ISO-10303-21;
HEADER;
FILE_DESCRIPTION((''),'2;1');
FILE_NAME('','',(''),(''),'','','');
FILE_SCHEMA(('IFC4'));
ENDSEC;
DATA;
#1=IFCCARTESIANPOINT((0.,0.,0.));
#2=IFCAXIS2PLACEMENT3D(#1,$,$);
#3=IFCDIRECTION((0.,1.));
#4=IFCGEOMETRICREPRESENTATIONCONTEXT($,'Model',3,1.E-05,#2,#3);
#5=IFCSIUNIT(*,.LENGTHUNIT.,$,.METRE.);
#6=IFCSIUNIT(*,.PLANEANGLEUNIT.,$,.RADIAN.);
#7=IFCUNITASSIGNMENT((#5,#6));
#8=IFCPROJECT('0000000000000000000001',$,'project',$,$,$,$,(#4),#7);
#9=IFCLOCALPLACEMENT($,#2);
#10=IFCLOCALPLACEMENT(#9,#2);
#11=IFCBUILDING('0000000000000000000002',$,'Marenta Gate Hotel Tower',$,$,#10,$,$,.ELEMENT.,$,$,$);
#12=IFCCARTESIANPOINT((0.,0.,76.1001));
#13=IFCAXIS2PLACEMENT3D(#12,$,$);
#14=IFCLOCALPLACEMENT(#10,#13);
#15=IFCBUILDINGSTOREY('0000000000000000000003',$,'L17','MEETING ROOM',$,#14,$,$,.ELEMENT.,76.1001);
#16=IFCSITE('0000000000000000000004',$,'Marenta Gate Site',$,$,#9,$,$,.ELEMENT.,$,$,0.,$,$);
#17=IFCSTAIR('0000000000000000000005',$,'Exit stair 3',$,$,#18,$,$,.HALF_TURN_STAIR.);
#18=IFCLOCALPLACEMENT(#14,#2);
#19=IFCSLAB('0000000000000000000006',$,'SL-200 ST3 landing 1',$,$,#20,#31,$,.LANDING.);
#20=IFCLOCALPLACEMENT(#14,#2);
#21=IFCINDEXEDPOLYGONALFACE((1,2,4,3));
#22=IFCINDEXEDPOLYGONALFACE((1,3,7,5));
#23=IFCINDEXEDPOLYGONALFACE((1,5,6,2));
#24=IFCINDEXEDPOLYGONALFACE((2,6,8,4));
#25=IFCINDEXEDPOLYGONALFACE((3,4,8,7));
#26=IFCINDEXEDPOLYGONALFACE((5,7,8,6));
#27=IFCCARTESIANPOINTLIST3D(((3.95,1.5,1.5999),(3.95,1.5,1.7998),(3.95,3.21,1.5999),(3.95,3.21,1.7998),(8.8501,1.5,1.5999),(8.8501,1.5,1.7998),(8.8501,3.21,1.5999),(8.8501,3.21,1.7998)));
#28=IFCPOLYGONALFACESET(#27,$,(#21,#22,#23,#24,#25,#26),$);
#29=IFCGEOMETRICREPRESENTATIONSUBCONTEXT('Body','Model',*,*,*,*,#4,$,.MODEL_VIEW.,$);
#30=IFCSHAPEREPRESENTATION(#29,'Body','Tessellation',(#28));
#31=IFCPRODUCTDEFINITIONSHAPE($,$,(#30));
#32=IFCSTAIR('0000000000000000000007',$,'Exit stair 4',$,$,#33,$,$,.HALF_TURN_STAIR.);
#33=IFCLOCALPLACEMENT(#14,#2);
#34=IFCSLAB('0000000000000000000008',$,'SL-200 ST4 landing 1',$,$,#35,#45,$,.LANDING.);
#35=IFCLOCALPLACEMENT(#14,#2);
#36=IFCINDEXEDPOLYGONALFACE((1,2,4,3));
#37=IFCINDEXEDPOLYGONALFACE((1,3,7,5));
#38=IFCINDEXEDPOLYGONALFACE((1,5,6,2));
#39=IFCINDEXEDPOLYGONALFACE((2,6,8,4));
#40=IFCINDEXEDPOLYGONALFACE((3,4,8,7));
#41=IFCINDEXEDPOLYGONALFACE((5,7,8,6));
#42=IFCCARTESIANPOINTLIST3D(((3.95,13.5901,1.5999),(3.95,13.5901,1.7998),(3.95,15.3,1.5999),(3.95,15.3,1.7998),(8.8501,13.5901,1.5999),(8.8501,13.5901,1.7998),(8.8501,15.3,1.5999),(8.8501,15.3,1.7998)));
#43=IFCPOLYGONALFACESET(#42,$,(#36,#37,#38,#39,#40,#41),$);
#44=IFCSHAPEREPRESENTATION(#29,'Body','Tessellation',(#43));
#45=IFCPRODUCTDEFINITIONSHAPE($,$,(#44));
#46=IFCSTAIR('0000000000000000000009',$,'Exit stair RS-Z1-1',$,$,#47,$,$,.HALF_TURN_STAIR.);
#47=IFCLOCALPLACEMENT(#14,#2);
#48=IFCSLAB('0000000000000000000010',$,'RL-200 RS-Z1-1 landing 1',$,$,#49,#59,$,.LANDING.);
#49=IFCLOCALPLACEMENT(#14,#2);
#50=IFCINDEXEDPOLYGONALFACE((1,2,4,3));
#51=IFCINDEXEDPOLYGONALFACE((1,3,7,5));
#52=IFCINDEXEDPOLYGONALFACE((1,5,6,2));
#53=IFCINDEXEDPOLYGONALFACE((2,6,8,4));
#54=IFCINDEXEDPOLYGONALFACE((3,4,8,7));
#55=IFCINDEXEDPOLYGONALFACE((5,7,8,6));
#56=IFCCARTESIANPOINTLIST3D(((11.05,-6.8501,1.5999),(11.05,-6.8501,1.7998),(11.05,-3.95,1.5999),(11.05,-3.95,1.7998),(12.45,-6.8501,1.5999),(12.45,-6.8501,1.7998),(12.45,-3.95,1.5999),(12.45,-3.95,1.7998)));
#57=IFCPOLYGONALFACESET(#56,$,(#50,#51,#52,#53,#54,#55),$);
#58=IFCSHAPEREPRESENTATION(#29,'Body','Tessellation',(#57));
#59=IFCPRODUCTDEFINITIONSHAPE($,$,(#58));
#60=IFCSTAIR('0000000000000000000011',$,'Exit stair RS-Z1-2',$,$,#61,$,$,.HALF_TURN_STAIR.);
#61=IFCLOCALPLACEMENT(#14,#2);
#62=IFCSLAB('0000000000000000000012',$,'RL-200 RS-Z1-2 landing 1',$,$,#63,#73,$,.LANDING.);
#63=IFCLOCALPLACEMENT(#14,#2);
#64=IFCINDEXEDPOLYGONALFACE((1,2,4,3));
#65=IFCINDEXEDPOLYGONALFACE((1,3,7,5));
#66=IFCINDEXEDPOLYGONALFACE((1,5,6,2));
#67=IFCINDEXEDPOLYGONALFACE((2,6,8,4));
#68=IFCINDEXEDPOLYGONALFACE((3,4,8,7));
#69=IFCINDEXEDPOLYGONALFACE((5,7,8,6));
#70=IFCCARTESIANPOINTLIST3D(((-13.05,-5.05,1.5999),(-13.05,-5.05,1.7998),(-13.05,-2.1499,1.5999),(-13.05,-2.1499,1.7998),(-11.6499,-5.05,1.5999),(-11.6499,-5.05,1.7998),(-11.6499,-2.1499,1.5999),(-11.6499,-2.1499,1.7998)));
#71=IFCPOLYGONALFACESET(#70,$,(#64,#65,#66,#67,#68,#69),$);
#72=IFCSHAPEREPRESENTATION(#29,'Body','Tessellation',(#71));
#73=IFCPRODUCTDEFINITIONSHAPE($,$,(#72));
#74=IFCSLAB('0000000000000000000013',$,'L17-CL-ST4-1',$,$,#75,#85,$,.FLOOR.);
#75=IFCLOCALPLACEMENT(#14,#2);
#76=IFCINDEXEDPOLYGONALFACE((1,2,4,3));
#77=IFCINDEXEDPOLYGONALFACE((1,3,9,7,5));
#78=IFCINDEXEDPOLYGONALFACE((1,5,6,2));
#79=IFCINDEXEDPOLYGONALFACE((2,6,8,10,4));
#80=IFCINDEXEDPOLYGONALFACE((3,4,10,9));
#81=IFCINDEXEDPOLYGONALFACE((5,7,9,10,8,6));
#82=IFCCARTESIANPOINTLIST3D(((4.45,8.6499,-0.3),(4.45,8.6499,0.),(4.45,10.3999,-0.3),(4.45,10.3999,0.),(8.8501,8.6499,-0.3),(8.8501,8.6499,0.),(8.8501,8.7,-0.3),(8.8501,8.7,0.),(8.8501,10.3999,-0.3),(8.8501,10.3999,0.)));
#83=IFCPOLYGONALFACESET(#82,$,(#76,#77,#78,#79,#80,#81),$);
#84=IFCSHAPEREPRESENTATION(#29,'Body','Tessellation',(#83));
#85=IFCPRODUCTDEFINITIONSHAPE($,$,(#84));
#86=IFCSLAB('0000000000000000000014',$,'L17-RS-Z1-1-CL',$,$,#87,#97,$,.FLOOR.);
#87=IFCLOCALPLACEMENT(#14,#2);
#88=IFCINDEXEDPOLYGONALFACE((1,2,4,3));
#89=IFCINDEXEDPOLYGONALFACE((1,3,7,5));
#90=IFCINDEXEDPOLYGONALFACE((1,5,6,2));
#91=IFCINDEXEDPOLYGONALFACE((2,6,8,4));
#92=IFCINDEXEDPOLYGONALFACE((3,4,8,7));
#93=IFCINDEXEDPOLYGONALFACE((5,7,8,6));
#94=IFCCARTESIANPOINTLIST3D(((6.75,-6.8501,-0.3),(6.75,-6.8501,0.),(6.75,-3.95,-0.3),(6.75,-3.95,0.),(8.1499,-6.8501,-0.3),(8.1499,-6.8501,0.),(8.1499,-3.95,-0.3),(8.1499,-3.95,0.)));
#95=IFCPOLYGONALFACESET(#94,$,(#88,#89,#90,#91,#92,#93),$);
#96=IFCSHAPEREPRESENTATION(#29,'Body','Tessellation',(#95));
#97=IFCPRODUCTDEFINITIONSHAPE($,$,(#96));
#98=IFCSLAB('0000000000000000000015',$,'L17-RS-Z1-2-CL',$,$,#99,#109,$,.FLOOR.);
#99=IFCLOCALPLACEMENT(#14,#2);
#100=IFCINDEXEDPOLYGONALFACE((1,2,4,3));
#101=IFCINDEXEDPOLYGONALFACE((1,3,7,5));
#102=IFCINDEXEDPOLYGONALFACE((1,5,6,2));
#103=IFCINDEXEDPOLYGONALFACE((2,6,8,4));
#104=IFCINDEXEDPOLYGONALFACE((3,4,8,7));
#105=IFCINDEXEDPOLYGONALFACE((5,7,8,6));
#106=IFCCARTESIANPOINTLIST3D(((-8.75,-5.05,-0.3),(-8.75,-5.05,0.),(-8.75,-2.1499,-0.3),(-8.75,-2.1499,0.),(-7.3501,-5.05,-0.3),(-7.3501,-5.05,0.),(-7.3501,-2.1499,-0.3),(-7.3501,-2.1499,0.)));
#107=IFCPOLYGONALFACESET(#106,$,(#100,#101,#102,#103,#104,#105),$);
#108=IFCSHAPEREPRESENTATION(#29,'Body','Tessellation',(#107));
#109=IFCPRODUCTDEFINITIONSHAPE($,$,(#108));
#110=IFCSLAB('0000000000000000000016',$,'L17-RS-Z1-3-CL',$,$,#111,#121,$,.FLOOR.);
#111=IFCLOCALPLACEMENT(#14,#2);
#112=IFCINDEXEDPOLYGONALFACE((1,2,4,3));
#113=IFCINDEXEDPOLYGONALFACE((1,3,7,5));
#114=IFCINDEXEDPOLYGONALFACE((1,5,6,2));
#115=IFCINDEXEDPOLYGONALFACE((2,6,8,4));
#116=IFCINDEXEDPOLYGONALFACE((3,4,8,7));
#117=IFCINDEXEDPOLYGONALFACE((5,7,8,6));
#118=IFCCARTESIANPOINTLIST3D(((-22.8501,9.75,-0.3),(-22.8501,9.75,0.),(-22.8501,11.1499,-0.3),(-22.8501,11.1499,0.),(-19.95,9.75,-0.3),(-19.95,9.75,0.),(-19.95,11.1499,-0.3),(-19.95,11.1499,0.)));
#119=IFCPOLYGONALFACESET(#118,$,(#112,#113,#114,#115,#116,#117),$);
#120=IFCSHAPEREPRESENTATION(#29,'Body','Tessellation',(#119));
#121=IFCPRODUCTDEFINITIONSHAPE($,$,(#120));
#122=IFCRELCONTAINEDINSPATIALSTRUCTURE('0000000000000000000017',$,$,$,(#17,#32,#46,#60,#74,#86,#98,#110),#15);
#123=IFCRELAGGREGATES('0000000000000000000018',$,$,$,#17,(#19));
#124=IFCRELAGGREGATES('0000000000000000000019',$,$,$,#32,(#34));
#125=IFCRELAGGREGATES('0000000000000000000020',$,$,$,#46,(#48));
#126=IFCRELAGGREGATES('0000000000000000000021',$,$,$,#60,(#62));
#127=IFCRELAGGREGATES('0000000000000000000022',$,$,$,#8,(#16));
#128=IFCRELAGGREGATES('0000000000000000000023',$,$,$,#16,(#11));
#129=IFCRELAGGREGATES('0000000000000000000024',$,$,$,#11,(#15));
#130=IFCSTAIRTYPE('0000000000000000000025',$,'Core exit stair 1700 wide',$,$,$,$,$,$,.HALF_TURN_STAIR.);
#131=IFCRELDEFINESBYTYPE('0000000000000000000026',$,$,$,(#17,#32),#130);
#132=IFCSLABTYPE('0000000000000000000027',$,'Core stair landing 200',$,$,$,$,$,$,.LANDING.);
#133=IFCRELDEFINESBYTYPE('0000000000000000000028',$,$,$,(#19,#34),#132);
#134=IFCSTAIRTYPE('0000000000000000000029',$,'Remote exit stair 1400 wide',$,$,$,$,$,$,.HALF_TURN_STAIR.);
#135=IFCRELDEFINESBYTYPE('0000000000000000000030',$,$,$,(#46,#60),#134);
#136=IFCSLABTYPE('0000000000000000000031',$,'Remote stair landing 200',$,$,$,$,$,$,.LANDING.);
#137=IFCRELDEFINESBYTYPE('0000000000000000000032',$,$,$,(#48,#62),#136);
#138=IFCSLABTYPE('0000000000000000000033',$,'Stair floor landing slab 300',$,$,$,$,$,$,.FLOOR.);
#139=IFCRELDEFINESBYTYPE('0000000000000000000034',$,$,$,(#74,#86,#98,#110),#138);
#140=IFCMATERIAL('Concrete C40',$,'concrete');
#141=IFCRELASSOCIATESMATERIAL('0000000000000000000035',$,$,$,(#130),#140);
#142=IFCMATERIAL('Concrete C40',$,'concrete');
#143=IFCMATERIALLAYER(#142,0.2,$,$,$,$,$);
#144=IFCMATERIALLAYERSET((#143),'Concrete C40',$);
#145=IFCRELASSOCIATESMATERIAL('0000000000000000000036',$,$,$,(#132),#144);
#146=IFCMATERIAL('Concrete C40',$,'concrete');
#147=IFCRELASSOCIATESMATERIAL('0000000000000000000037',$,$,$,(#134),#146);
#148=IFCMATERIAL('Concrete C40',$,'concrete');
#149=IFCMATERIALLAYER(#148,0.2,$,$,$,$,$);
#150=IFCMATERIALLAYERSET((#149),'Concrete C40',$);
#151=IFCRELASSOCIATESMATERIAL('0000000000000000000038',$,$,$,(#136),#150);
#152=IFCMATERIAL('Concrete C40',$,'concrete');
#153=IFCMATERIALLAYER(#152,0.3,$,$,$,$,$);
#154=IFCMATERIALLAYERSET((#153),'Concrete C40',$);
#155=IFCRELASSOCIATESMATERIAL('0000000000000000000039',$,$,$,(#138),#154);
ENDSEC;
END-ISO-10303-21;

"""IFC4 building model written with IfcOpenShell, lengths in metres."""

from ifc_helpers import new_model, si_unit, direction, frame, origin, place, context, subcontext, project, spatial, polyline, outline, extrude, material, layer, layer_set, type_object, element, aggregate, save


model = new_model("IFC4")

# Units and contexts
model_context = context("Model", 3, precision=1e-05, world=origin(), true_north=direction((0.0, 1.0)))
body_context = subcontext(model_context, "Body", "Model", "MODEL_VIEW")
ifc_project = project(units=[si_unit("LENGTHUNIT", "METRE"), si_unit("PLANEANGLEUNIT", "RADIAN")], contexts=[model_context])

# Site, building, storey
site_placement = place(None, origin())
site = spatial("IfcSite", under=ifc_project, at=site_placement, Name="Marenta Gate Site", CompositionType="ELEMENT", RefElevation=0.0)
building_placement = place(site_placement, origin())
building = spatial("IfcBuilding", under=site, at=building_placement, Name="Marenta Gate Hotel Tower", CompositionType="ELEMENT")
storey_placement = place(building_placement, frame((0.0, 0.0, 76.1001)))
storey = spatial("IfcBuildingStorey", under=building, at=storey_placement, Name="L17", Description="MEETING ROOM", CompositionType="ELEMENT", Elevation=76.1001)

# Stairs, slabs
ifc_material_1 = material(Name="Concrete C40", Category="concrete")
stair_type_1 = type_object("IfcStairType", Name="Core exit stair 1700 wide", PredefinedType="HALF_TURN_STAIR", material=ifc_material_1)
ifc_material_2 = material(Name="Concrete C40", Category="concrete")
ifc_layer_1 = layer(ifc_material_2, 0.2)
ifc_layer_set_1 = layer_set([ifc_layer_1], Name="Concrete C40")
slab_type_1 = type_object("IfcSlabType", Name="Core stair landing 200", PredefinedType="LANDING", material=ifc_layer_set_1)
stair_1_placement = place(storey_placement, origin())
stair_1 = element("IfcStair", 1, at=stair_1_placement, inside=storey, type_object=stair_type_1, Name="Exit stair 3", PredefinedType="HALF_TURN_STAIR")
slab_1_placement = place(storey_placement, frame((0.0, 0.0, 1.5999)))
slab_1 = element("IfcSlab", 2, at=slab_1_placement, type_object=slab_type_1, Name="SL-200 ST3 landing 1", PredefinedType="LANDING", context=body_context, shape_type="SweptSolid", body=[
    extrude(outline(polyline([(3.95, 1.5), (8.8501, 1.5), (8.8501, 3.21), (3.95, 3.21), (3.95, 1.5)])), origin(), (0.0, 0.0, 1.0), 0.2),
])
aggregate(stair_1, [slab_1])
stair_2_placement = place(storey_placement, origin())
stair_2 = element("IfcStair", 3, at=stair_2_placement, inside=storey, type_object=stair_type_1, Name="Exit stair 4", PredefinedType="HALF_TURN_STAIR")
slab_2_placement = place(storey_placement, frame((0.0, 0.0, 1.5999)))
slab_2 = element("IfcSlab", 4, at=slab_2_placement, type_object=slab_type_1, Name="SL-200 ST4 landing 1", PredefinedType="LANDING", context=body_context, shape_type="SweptSolid", body=[
    extrude(outline(polyline([(3.95, 13.5901), (8.8501, 13.5901), (8.8501, 15.3), (3.95, 15.3), (3.95, 13.5901)])), origin(), (0.0, 0.0, 1.0), 0.2),
])
aggregate(stair_2, [slab_2])
ifc_material_3 = material(Name="Concrete C40", Category="concrete")
stair_type_2 = type_object("IfcStairType", Name="Remote exit stair 1400 wide", PredefinedType="HALF_TURN_STAIR", material=ifc_material_3)
stair_3_placement = place(storey_placement, origin())
stair_3 = element("IfcStair", 5, at=stair_3_placement, inside=storey, type_object=stair_type_2, Name="Exit stair RS-Z1-1", PredefinedType="HALF_TURN_STAIR")
ifc_material_4 = material(Name="Concrete C40", Category="concrete")
ifc_layer_2 = layer(ifc_material_4, 0.2)
ifc_layer_set_2 = layer_set([ifc_layer_2], Name="Concrete C40")
slab_type_2 = type_object("IfcSlabType", Name="Remote stair landing 200", PredefinedType="LANDING", material=ifc_layer_set_2)
slab_3_placement = place(storey_placement, frame((0.0, 0.0, 1.5999)))
slab_3 = element("IfcSlab", 6, at=slab_3_placement, type_object=slab_type_2, Name="RL-200 RS-Z1-1 landing 1", PredefinedType="LANDING", context=body_context, shape_type="SweptSolid", body=[
    extrude(outline(polyline([(11.05, -6.8501), (12.45, -6.8501), (12.45, -3.95), (11.05, -3.95), (11.05, -6.8501)])), origin(), (0.0, 0.0, 1.0), 0.2),
])
aggregate(stair_3, [slab_3])
stair_4_placement = place(storey_placement, origin())
stair_4 = element("IfcStair", 7, at=stair_4_placement, inside=storey, type_object=stair_type_2, Name="Exit stair RS-Z1-2", PredefinedType="HALF_TURN_STAIR")
slab_4_placement = place(storey_placement, frame((0.0, 0.0, 1.5999)))
slab_4 = element("IfcSlab", 8, at=slab_4_placement, type_object=slab_type_2, Name="RL-200 RS-Z1-2 landing 1", PredefinedType="LANDING", context=body_context, shape_type="SweptSolid", body=[
    extrude(outline(polyline([(-13.05, -5.05), (-11.6499, -5.05), (-11.6499, -2.1499), (-13.05, -2.1499), (-13.05, -5.05)])), origin(), (0.0, 0.0, 1.0), 0.2),
])
aggregate(stair_4, [slab_4])

# Slabs
ifc_material_5 = material(Name="Concrete C40", Category="concrete")
ifc_layer_3 = layer(ifc_material_5, 0.3)
ifc_layer_set_3 = layer_set([ifc_layer_3], Name="Concrete C40")
slab_type_3 = type_object("IfcSlabType", Name="Stair floor landing slab 300", PredefinedType="FLOOR", material=ifc_layer_set_3)
slab_5_placement = place(storey_placement, frame((0.0, 0.0, -0.3)))
element("IfcSlab", 9, at=slab_5_placement, inside=storey, type_object=slab_type_3, Name="L17-CL-ST4-1", PredefinedType="FLOOR", context=body_context, shape_type="SweptSolid", body=[
    extrude(outline(polyline([(4.45, 8.6499), (4.45, 10.3999), (8.8501, 10.3999), (8.8501, 8.7), (8.8501, 8.6499), (4.45, 8.6499)])), origin(), (0.0, 0.0, 1.0), 0.3),
])
slab_6_placement = place(storey_placement, frame((0.0, 0.0, -0.3)))
element("IfcSlab", 10, at=slab_6_placement, inside=storey, type_object=slab_type_3, Name="L17-RS-Z1-1-CL", PredefinedType="FLOOR", context=body_context, shape_type="SweptSolid", body=[
    extrude(outline(polyline([(8.1499, -6.8501), (8.1499, -3.95), (6.75, -3.95), (6.75, -6.8501), (8.1499, -6.8501)])), origin(), (0.0, 0.0, 1.0), 0.3),
])
slab_7_placement = place(storey_placement, frame((0.0, 0.0, -0.3)))
element("IfcSlab", 11, at=slab_7_placement, inside=storey, type_object=slab_type_3, Name="L17-RS-Z1-2-CL", PredefinedType="FLOOR", context=body_context, shape_type="SweptSolid", body=[
    extrude(outline(polyline([(-7.3501, -5.05), (-7.3501, -2.1499), (-8.75, -2.1499), (-8.75, -5.05), (-7.3501, -5.05)])), origin(), (0.0, 0.0, 1.0), 0.3),
])
slab_8_placement = place(storey_placement, frame((0.0, 0.0, -0.3)))
element("IfcSlab", 12, at=slab_8_placement, inside=storey, type_object=slab_type_3, Name="L17-RS-Z1-3-CL", PredefinedType="FLOOR", context=body_context, shape_type="SweptSolid", body=[
    extrude(outline(polyline([(-19.95, 9.75), (-19.95, 11.1499), (-22.8501, 11.1499), (-22.8501, 9.75), (-19.95, 9.75)])), origin(), (0.0, 0.0, 1.0), 0.3),
])

save(model, "model.ifc")
